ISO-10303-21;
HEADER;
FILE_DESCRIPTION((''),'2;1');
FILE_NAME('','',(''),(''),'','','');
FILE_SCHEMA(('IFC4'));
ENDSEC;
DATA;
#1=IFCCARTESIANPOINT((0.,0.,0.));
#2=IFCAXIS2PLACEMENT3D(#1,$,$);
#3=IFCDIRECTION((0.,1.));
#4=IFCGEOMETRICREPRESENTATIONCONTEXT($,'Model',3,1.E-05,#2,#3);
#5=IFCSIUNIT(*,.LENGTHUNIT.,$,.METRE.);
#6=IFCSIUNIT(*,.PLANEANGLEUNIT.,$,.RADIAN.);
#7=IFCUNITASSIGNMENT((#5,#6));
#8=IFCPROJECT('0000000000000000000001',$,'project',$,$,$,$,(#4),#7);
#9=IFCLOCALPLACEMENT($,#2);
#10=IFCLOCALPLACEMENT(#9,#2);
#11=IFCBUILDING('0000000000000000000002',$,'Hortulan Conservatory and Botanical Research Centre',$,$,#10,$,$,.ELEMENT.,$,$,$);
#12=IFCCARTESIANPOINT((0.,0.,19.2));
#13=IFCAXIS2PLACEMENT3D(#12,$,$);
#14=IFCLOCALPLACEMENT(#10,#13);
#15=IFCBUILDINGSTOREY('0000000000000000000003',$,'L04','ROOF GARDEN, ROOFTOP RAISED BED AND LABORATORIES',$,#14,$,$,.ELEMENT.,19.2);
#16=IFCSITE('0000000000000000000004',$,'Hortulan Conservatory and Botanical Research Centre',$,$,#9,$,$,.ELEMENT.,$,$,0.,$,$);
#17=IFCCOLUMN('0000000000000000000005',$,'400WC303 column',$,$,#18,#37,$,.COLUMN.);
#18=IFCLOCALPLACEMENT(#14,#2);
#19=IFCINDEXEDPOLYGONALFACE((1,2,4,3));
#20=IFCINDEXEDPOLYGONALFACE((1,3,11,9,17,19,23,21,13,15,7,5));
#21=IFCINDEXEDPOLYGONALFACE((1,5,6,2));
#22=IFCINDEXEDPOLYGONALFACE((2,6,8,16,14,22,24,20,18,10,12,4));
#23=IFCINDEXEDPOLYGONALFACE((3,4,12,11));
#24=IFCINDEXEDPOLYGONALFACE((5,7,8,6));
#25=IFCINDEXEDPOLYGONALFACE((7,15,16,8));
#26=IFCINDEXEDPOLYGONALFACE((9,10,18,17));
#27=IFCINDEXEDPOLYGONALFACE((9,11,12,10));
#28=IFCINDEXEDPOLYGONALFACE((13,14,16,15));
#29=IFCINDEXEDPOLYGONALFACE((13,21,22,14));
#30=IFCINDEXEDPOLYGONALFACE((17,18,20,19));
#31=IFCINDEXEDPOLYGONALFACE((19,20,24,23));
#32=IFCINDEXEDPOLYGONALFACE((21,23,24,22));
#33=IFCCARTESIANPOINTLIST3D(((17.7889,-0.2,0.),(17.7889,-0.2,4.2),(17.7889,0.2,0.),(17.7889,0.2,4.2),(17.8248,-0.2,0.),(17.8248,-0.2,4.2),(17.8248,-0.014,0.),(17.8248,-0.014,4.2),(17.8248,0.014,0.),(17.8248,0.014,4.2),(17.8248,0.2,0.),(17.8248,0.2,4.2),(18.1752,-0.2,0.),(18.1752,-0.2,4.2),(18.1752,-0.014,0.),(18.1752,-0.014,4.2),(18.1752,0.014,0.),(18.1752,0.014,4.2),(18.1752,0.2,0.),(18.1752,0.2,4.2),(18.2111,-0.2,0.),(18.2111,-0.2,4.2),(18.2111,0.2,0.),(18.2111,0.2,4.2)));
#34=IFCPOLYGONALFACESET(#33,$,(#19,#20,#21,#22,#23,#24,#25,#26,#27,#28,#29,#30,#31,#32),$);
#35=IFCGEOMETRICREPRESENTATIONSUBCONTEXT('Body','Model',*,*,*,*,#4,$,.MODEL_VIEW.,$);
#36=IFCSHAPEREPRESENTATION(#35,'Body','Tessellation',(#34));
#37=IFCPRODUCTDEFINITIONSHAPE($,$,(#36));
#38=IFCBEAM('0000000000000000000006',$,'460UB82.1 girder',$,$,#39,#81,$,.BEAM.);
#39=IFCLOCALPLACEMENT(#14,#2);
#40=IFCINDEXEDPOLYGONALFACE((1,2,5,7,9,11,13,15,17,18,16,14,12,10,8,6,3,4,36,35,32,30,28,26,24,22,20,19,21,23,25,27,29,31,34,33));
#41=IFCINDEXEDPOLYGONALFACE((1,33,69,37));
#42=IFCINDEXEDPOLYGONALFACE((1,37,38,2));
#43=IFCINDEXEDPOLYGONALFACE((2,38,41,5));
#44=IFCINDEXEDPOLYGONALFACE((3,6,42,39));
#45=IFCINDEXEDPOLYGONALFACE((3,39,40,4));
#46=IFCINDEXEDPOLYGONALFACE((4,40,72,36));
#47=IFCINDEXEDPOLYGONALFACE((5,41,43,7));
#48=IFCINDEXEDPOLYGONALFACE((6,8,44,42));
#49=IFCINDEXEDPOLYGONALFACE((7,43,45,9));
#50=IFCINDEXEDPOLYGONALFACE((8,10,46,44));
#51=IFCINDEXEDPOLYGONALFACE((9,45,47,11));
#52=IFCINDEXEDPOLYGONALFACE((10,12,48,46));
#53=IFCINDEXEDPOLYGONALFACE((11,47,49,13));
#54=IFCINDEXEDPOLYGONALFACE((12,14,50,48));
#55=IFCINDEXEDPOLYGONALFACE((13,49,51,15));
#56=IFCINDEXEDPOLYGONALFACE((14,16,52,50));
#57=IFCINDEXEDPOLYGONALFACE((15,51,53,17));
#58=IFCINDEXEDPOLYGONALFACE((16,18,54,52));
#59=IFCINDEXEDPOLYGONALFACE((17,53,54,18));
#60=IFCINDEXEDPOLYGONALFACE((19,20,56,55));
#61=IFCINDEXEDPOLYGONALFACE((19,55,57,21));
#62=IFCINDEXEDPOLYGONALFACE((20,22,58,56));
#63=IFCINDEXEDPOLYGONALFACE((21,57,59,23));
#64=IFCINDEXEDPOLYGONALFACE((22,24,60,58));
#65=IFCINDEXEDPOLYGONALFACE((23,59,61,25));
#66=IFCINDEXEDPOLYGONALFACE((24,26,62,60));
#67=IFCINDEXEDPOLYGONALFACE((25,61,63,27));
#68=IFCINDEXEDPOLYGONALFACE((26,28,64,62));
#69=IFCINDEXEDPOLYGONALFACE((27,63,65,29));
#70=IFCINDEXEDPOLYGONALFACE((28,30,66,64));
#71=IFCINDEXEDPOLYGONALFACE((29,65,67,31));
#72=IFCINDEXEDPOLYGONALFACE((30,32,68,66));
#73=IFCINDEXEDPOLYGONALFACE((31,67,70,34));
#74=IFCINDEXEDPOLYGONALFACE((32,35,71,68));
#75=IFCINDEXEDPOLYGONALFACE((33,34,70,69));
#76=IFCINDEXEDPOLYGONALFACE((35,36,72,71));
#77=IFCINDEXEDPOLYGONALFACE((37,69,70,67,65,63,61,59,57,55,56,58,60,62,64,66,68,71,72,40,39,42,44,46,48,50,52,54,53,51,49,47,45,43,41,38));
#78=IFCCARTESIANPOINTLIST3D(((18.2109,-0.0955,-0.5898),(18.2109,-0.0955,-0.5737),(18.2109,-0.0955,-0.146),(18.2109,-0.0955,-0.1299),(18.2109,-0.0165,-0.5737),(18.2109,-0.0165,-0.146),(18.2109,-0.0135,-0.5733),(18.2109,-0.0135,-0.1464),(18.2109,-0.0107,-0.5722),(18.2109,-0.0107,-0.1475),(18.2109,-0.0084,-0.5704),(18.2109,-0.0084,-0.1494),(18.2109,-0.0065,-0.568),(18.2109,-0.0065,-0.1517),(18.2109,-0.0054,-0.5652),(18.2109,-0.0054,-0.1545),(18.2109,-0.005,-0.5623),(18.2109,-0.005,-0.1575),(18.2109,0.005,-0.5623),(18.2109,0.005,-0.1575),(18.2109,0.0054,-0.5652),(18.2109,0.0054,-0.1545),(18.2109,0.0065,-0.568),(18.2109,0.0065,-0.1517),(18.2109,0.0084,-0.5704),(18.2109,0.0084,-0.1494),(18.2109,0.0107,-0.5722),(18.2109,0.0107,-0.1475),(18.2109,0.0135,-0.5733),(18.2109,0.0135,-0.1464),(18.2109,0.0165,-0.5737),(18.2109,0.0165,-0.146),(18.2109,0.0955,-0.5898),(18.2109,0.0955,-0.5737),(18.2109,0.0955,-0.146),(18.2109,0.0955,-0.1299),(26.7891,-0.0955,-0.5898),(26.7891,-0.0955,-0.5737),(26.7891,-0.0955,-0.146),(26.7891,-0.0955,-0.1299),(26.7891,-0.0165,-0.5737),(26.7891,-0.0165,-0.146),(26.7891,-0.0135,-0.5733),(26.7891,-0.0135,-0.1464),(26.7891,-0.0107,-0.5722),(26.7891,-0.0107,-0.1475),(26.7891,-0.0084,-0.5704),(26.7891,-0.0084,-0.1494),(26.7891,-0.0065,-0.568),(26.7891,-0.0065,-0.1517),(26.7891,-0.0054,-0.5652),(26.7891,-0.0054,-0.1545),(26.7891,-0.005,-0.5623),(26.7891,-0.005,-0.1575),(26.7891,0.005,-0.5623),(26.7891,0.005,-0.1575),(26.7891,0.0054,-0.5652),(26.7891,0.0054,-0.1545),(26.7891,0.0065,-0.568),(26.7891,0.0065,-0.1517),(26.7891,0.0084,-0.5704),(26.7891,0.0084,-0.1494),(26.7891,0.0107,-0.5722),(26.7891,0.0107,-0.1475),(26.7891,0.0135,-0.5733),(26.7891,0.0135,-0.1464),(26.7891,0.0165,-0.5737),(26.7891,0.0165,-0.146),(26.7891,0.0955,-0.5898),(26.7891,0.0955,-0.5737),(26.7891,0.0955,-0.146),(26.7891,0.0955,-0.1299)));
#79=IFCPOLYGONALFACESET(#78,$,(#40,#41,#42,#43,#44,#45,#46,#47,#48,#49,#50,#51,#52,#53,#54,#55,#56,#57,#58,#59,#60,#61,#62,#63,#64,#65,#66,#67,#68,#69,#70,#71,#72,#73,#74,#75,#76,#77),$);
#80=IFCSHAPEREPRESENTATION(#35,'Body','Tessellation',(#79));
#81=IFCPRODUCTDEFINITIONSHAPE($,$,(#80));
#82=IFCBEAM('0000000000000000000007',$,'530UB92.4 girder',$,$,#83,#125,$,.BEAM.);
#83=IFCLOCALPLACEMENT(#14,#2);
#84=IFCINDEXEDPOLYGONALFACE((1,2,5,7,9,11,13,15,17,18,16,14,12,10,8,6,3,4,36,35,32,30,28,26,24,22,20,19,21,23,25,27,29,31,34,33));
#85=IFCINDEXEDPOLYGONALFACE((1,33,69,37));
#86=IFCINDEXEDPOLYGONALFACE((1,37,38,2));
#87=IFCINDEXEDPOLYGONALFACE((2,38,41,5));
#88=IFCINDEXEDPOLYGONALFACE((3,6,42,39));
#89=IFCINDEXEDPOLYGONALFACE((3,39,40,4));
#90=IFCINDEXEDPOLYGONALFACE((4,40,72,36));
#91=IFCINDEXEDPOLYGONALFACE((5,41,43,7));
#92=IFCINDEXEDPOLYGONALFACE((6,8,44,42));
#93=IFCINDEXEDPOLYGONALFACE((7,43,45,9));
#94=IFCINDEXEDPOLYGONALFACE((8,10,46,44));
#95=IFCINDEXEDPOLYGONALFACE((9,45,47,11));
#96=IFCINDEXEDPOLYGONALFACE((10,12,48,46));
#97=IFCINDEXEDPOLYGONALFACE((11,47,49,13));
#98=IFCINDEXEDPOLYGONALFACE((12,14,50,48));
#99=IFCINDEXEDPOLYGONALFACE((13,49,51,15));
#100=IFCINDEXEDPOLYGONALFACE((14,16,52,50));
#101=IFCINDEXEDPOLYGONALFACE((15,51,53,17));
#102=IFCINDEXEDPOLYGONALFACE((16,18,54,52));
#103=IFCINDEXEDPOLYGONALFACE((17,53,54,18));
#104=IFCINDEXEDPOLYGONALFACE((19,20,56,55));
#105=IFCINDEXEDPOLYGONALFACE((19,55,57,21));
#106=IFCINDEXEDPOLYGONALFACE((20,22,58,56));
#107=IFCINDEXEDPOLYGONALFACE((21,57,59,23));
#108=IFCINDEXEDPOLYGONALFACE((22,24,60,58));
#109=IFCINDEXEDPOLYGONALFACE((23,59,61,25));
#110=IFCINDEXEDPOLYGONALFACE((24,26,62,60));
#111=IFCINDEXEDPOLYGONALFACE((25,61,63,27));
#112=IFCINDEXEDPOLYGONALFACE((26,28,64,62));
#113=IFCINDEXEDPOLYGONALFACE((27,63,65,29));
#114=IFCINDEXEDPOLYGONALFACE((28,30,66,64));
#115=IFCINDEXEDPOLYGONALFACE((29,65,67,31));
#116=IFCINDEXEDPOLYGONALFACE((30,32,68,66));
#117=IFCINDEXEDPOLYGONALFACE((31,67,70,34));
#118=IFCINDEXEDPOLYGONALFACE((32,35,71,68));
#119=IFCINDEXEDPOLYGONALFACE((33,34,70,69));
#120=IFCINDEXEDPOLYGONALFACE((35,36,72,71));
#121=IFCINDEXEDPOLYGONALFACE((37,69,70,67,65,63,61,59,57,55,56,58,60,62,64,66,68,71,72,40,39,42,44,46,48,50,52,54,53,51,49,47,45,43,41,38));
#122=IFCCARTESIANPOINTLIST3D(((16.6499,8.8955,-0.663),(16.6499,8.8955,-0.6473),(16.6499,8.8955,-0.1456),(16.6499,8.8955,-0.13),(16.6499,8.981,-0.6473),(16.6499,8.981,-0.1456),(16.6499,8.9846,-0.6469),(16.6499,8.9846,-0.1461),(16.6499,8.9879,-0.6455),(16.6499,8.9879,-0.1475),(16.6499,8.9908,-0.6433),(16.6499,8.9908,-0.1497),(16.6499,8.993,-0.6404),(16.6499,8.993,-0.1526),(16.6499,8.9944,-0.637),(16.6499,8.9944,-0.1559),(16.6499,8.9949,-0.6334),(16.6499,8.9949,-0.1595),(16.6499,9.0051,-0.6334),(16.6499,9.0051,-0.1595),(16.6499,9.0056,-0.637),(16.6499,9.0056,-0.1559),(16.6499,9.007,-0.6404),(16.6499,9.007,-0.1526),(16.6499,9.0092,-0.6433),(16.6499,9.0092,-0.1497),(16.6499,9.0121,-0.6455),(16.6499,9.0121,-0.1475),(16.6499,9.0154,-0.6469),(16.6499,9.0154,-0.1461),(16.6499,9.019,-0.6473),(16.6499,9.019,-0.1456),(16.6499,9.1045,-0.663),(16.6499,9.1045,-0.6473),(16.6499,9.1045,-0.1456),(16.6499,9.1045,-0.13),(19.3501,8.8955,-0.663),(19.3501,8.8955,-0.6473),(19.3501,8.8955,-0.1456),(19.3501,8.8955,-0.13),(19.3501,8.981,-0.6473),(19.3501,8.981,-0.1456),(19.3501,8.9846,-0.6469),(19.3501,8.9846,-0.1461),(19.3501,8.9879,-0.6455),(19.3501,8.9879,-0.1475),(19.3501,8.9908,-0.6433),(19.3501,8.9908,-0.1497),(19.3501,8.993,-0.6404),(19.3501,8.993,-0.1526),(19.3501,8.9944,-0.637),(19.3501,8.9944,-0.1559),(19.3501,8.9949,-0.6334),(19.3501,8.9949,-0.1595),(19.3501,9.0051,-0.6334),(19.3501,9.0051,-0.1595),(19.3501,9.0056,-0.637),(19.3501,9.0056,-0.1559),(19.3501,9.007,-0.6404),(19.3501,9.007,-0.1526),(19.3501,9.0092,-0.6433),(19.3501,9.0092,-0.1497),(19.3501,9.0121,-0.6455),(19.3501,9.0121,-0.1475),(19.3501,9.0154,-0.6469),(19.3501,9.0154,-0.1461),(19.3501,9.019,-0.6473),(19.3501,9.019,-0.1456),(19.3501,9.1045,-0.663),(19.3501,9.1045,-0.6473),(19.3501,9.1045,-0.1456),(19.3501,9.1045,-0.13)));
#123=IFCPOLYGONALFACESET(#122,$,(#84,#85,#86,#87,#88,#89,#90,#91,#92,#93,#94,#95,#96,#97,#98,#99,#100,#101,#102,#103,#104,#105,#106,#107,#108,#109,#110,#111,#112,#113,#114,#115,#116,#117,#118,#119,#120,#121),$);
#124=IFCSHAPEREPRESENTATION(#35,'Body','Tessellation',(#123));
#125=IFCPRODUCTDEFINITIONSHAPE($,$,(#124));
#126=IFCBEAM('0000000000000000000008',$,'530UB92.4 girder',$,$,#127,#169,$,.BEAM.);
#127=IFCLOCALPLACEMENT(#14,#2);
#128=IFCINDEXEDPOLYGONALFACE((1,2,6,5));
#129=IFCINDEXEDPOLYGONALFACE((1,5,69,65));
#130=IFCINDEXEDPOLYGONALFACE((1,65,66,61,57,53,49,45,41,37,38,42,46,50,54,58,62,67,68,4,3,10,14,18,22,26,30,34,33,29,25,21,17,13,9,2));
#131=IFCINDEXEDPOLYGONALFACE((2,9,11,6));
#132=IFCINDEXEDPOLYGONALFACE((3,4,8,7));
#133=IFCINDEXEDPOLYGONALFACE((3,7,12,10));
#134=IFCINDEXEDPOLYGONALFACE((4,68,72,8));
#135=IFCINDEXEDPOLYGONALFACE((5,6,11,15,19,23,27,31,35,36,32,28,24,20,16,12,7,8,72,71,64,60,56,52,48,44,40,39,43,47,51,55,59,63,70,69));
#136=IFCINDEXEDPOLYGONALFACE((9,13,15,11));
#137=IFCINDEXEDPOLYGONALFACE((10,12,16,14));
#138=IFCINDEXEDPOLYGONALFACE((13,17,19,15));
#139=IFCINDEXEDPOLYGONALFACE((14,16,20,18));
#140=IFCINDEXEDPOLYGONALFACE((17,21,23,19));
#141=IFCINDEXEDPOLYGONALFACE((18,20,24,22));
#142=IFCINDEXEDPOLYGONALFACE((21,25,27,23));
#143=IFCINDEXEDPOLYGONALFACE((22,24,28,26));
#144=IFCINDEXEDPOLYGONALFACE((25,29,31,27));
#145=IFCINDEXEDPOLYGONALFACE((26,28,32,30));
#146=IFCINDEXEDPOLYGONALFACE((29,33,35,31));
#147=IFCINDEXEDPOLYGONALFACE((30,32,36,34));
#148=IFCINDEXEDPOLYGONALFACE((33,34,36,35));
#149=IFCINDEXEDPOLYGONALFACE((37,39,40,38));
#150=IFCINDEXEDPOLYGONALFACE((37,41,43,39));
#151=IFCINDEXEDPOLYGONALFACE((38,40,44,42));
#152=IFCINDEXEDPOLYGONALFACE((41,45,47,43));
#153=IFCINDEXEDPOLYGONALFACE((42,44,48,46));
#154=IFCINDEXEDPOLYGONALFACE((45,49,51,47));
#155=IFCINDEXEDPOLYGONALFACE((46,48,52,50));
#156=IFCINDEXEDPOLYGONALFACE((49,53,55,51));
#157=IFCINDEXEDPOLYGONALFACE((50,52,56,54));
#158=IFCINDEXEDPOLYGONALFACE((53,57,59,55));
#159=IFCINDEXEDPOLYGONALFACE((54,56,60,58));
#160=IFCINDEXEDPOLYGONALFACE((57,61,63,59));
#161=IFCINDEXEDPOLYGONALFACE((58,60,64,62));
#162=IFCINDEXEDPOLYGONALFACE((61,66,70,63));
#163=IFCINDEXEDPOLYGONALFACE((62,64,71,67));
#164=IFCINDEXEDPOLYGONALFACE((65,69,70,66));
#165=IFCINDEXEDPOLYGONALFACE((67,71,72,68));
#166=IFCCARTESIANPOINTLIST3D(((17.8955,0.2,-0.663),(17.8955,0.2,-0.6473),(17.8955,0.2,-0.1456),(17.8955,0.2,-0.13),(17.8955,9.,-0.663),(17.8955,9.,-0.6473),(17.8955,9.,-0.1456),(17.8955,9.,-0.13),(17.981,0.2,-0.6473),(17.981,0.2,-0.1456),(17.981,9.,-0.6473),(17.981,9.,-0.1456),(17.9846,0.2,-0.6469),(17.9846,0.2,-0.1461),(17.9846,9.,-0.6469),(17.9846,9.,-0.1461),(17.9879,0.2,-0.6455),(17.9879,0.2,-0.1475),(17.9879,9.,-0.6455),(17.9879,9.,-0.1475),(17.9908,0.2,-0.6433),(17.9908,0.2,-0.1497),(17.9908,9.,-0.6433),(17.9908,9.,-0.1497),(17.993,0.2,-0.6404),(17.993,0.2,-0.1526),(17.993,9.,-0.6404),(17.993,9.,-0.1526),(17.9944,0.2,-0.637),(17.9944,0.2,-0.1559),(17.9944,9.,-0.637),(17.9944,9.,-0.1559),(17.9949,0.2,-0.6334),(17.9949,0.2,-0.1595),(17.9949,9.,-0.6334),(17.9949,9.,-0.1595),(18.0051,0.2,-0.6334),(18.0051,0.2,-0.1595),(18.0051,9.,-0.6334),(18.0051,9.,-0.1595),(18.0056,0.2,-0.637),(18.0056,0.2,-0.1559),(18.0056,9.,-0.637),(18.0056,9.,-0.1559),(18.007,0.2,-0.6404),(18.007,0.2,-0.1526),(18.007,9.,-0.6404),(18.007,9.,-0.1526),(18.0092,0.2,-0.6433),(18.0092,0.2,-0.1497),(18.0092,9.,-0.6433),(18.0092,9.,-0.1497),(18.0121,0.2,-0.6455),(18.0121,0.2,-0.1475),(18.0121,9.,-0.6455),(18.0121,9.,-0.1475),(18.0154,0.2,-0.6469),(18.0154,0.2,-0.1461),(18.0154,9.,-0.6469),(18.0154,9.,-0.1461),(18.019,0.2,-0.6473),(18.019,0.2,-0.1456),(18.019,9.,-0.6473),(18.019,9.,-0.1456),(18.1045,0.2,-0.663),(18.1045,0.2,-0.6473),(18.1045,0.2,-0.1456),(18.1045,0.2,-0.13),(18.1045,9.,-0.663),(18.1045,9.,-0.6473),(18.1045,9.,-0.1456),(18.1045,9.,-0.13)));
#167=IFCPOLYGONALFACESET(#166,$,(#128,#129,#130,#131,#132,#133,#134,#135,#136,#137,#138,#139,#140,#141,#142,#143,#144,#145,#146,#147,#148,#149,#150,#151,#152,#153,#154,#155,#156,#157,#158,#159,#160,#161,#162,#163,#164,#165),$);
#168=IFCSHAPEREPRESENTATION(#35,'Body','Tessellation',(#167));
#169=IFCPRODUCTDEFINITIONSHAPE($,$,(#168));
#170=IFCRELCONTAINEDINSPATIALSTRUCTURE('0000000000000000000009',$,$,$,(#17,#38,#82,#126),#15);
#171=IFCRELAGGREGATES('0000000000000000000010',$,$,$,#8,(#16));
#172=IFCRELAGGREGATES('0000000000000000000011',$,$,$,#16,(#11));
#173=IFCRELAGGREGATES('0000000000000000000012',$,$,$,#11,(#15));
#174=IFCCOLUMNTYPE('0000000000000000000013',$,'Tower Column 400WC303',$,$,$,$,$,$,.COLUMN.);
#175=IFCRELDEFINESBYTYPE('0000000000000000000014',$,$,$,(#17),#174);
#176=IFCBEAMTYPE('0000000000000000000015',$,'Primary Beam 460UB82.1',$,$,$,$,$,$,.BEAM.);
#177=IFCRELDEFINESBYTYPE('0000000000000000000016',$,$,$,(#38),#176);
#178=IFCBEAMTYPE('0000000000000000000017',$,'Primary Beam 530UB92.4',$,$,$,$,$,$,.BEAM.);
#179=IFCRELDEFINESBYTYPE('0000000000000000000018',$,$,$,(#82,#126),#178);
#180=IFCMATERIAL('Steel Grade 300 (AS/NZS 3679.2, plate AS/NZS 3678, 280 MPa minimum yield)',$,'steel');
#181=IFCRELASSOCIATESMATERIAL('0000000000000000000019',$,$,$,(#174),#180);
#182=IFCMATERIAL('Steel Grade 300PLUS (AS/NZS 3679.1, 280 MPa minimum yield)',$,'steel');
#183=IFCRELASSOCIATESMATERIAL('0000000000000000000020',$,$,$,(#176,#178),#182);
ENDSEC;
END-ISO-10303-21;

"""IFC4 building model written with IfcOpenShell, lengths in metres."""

from ifc_helpers import new_model, si_unit, direction, frame, origin, origin_2d, place, context, subcontext, project, spatial, i_section, extrude, material, material_profile, profile_set, type_object, element, save


model = new_model("IFC4")

# Units and contexts
model_context = context("Model", 3, precision=1e-05, world=origin(), true_north=direction((0.0, 1.0)))
body_context = subcontext(model_context, "Body", "Model", "MODEL_VIEW")
ifc_project = project(units=[si_unit("LENGTHUNIT", "METRE"), si_unit("PLANEANGLEUNIT", "RADIAN")], contexts=[model_context])

# Site, building, storey
site_placement = place(None, origin())
site = spatial("IfcSite", under=ifc_project, at=site_placement, Name="Hortulan Conservatory and Botanical Research Centre", CompositionType="ELEMENT", RefElevation=0.0)
building_placement = place(site_placement, origin())
building = spatial("IfcBuilding", under=site, at=building_placement, Name="Hortulan Conservatory and Botanical Research Centre", CompositionType="ELEMENT")
storey_placement = place(building_placement, frame((0.0, 0.0, 19.2)))
storey = spatial("IfcBuildingStorey", under=building, at=storey_placement, Name="L04", Description="ROOF GARDEN, ROOFTOP RAISED BED AND LABORATORIES", CompositionType="ELEMENT", Elevation=19.2)

# Column
ifc_material_1 = material(Name="Steel Grade 300 (AS/NZS 3679.2, plate AS/NZS 3678, 280 MPa minimum yield)", Category="steel")
ifc_material_profile_1 = material_profile(ifc_material_1, i_section(OverallWidth=0.3999, OverallDepth=0.4221, WebThickness=0.0281, FlangeThickness=0.0359, at=origin_2d()), Name="400WC303")
ifc_profile_set_1 = profile_set([ifc_material_profile_1], Name="Steel Grade 300 (AS/NZS 3679.2, plate AS/NZS 3678, 280 MPa minimum yield)")
column_type = type_object("IfcColumnType", Name="Tower Column 400WC303", PredefinedType="COLUMN", material=ifc_profile_set_1)
column_placement = place(storey_placement, frame((18.0, 0.0, 0.0), z_axis=(0.0, 0.0, 1.0), x_axis=(0.0, 1.0, 0.0)))
element("IfcColumn", 1, at=column_placement, inside=storey, type_object=column_type, Name="400WC303 column", PredefinedType="COLUMN", context=body_context, shape_type="SweptSolid", body=[
    extrude(i_section(OverallWidth=0.3999, OverallDepth=0.4221, WebThickness=0.0281, FlangeThickness=0.0359, at=origin_2d()), origin(), (0.0, 0.0, 1.0), 4.2),
])

# Beams
ifc_material_2 = material(Name="Steel Grade 300PLUS (AS/NZS 3679.1, 280 MPa minimum yield)", Category="steel")
ifc_material_profile_2 = material_profile(ifc_material_2, i_section(OverallWidth=0.1909, OverallDepth=0.46, WebThickness=0.01, FlangeThickness=0.0161, FilletRadius=0.0115, at=origin_2d()), Name="460UB82.1")
ifc_profile_set_2 = profile_set([ifc_material_profile_2], Name="Steel Grade 300PLUS (AS/NZS 3679.1, 280 MPa minimum yield)")
beam_type_1 = type_object("IfcBeamType", Name="Primary Beam 460UB82.1", PredefinedType="BEAM", material=ifc_profile_set_2)
beam_1_placement = place(storey_placement, frame((18.2109, 0.0, -0.3599), z_axis=(1.0, 0.0, 0.0), x_axis=(0.0, 1.0, 0.0)))
element("IfcBeam", 2, at=beam_1_placement, inside=storey, type_object=beam_type_1, Name="460UB82.1 girder", PredefinedType="BEAM", context=body_context, shape_type="SweptSolid", body=[
    extrude(i_section(OverallWidth=0.1909, OverallDepth=0.46, WebThickness=0.01, FlangeThickness=0.0161, FilletRadius=0.0115, at=origin_2d()), origin(), (0.0, 0.0, 1.0), 8.5781),
])
ifc_material_profile_3 = material_profile(ifc_material_2, i_section(OverallWidth=0.209, OverallDepth=0.533, WebThickness=0.0103, FlangeThickness=0.0156, FilletRadius=0.0139, at=origin_2d()), Name="530UB92.4")
ifc_profile_set_3 = profile_set([ifc_material_profile_3], Name="Steel Grade 300PLUS (AS/NZS 3679.1, 280 MPa minimum yield)")
beam_type_2 = type_object("IfcBeamType", Name="Primary Beam 530UB92.4", PredefinedType="BEAM", material=ifc_profile_set_3)
beam_2_placement = place(storey_placement, frame((16.6499, 9.0, -0.3965), z_axis=(1.0, 0.0, 0.0), x_axis=(0.0, 1.0, 0.0)))
element("IfcBeam", 3, at=beam_2_placement, inside=storey, type_object=beam_type_2, Name="530UB92.4 girder", PredefinedType="BEAM", context=body_context, shape_type="SweptSolid", body=[
    extrude(i_section(OverallWidth=0.209, OverallDepth=0.533, WebThickness=0.0103, FlangeThickness=0.0156, FilletRadius=0.0139, at=origin_2d()), origin(), (0.0, 0.0, 1.0), 2.7002),
])
beam_3_placement = place(storey_placement, frame((18.0, 0.2, -0.3965), z_axis=(0.0, 1.0, 0.0), x_axis=(-1.0, 0.0, 0.0)))
element("IfcBeam", 4, at=beam_3_placement, inside=storey, type_object=beam_type_2, Name="530UB92.4 girder", PredefinedType="BEAM", context=body_context, shape_type="SweptSolid", body=[
    extrude(i_section(OverallWidth=0.209, OverallDepth=0.533, WebThickness=0.0103, FlangeThickness=0.0156, FilletRadius=0.0139, at=origin_2d()), origin(), (0.0, 0.0, 1.0), 8.8),
])

save(model, "model.ifc")
